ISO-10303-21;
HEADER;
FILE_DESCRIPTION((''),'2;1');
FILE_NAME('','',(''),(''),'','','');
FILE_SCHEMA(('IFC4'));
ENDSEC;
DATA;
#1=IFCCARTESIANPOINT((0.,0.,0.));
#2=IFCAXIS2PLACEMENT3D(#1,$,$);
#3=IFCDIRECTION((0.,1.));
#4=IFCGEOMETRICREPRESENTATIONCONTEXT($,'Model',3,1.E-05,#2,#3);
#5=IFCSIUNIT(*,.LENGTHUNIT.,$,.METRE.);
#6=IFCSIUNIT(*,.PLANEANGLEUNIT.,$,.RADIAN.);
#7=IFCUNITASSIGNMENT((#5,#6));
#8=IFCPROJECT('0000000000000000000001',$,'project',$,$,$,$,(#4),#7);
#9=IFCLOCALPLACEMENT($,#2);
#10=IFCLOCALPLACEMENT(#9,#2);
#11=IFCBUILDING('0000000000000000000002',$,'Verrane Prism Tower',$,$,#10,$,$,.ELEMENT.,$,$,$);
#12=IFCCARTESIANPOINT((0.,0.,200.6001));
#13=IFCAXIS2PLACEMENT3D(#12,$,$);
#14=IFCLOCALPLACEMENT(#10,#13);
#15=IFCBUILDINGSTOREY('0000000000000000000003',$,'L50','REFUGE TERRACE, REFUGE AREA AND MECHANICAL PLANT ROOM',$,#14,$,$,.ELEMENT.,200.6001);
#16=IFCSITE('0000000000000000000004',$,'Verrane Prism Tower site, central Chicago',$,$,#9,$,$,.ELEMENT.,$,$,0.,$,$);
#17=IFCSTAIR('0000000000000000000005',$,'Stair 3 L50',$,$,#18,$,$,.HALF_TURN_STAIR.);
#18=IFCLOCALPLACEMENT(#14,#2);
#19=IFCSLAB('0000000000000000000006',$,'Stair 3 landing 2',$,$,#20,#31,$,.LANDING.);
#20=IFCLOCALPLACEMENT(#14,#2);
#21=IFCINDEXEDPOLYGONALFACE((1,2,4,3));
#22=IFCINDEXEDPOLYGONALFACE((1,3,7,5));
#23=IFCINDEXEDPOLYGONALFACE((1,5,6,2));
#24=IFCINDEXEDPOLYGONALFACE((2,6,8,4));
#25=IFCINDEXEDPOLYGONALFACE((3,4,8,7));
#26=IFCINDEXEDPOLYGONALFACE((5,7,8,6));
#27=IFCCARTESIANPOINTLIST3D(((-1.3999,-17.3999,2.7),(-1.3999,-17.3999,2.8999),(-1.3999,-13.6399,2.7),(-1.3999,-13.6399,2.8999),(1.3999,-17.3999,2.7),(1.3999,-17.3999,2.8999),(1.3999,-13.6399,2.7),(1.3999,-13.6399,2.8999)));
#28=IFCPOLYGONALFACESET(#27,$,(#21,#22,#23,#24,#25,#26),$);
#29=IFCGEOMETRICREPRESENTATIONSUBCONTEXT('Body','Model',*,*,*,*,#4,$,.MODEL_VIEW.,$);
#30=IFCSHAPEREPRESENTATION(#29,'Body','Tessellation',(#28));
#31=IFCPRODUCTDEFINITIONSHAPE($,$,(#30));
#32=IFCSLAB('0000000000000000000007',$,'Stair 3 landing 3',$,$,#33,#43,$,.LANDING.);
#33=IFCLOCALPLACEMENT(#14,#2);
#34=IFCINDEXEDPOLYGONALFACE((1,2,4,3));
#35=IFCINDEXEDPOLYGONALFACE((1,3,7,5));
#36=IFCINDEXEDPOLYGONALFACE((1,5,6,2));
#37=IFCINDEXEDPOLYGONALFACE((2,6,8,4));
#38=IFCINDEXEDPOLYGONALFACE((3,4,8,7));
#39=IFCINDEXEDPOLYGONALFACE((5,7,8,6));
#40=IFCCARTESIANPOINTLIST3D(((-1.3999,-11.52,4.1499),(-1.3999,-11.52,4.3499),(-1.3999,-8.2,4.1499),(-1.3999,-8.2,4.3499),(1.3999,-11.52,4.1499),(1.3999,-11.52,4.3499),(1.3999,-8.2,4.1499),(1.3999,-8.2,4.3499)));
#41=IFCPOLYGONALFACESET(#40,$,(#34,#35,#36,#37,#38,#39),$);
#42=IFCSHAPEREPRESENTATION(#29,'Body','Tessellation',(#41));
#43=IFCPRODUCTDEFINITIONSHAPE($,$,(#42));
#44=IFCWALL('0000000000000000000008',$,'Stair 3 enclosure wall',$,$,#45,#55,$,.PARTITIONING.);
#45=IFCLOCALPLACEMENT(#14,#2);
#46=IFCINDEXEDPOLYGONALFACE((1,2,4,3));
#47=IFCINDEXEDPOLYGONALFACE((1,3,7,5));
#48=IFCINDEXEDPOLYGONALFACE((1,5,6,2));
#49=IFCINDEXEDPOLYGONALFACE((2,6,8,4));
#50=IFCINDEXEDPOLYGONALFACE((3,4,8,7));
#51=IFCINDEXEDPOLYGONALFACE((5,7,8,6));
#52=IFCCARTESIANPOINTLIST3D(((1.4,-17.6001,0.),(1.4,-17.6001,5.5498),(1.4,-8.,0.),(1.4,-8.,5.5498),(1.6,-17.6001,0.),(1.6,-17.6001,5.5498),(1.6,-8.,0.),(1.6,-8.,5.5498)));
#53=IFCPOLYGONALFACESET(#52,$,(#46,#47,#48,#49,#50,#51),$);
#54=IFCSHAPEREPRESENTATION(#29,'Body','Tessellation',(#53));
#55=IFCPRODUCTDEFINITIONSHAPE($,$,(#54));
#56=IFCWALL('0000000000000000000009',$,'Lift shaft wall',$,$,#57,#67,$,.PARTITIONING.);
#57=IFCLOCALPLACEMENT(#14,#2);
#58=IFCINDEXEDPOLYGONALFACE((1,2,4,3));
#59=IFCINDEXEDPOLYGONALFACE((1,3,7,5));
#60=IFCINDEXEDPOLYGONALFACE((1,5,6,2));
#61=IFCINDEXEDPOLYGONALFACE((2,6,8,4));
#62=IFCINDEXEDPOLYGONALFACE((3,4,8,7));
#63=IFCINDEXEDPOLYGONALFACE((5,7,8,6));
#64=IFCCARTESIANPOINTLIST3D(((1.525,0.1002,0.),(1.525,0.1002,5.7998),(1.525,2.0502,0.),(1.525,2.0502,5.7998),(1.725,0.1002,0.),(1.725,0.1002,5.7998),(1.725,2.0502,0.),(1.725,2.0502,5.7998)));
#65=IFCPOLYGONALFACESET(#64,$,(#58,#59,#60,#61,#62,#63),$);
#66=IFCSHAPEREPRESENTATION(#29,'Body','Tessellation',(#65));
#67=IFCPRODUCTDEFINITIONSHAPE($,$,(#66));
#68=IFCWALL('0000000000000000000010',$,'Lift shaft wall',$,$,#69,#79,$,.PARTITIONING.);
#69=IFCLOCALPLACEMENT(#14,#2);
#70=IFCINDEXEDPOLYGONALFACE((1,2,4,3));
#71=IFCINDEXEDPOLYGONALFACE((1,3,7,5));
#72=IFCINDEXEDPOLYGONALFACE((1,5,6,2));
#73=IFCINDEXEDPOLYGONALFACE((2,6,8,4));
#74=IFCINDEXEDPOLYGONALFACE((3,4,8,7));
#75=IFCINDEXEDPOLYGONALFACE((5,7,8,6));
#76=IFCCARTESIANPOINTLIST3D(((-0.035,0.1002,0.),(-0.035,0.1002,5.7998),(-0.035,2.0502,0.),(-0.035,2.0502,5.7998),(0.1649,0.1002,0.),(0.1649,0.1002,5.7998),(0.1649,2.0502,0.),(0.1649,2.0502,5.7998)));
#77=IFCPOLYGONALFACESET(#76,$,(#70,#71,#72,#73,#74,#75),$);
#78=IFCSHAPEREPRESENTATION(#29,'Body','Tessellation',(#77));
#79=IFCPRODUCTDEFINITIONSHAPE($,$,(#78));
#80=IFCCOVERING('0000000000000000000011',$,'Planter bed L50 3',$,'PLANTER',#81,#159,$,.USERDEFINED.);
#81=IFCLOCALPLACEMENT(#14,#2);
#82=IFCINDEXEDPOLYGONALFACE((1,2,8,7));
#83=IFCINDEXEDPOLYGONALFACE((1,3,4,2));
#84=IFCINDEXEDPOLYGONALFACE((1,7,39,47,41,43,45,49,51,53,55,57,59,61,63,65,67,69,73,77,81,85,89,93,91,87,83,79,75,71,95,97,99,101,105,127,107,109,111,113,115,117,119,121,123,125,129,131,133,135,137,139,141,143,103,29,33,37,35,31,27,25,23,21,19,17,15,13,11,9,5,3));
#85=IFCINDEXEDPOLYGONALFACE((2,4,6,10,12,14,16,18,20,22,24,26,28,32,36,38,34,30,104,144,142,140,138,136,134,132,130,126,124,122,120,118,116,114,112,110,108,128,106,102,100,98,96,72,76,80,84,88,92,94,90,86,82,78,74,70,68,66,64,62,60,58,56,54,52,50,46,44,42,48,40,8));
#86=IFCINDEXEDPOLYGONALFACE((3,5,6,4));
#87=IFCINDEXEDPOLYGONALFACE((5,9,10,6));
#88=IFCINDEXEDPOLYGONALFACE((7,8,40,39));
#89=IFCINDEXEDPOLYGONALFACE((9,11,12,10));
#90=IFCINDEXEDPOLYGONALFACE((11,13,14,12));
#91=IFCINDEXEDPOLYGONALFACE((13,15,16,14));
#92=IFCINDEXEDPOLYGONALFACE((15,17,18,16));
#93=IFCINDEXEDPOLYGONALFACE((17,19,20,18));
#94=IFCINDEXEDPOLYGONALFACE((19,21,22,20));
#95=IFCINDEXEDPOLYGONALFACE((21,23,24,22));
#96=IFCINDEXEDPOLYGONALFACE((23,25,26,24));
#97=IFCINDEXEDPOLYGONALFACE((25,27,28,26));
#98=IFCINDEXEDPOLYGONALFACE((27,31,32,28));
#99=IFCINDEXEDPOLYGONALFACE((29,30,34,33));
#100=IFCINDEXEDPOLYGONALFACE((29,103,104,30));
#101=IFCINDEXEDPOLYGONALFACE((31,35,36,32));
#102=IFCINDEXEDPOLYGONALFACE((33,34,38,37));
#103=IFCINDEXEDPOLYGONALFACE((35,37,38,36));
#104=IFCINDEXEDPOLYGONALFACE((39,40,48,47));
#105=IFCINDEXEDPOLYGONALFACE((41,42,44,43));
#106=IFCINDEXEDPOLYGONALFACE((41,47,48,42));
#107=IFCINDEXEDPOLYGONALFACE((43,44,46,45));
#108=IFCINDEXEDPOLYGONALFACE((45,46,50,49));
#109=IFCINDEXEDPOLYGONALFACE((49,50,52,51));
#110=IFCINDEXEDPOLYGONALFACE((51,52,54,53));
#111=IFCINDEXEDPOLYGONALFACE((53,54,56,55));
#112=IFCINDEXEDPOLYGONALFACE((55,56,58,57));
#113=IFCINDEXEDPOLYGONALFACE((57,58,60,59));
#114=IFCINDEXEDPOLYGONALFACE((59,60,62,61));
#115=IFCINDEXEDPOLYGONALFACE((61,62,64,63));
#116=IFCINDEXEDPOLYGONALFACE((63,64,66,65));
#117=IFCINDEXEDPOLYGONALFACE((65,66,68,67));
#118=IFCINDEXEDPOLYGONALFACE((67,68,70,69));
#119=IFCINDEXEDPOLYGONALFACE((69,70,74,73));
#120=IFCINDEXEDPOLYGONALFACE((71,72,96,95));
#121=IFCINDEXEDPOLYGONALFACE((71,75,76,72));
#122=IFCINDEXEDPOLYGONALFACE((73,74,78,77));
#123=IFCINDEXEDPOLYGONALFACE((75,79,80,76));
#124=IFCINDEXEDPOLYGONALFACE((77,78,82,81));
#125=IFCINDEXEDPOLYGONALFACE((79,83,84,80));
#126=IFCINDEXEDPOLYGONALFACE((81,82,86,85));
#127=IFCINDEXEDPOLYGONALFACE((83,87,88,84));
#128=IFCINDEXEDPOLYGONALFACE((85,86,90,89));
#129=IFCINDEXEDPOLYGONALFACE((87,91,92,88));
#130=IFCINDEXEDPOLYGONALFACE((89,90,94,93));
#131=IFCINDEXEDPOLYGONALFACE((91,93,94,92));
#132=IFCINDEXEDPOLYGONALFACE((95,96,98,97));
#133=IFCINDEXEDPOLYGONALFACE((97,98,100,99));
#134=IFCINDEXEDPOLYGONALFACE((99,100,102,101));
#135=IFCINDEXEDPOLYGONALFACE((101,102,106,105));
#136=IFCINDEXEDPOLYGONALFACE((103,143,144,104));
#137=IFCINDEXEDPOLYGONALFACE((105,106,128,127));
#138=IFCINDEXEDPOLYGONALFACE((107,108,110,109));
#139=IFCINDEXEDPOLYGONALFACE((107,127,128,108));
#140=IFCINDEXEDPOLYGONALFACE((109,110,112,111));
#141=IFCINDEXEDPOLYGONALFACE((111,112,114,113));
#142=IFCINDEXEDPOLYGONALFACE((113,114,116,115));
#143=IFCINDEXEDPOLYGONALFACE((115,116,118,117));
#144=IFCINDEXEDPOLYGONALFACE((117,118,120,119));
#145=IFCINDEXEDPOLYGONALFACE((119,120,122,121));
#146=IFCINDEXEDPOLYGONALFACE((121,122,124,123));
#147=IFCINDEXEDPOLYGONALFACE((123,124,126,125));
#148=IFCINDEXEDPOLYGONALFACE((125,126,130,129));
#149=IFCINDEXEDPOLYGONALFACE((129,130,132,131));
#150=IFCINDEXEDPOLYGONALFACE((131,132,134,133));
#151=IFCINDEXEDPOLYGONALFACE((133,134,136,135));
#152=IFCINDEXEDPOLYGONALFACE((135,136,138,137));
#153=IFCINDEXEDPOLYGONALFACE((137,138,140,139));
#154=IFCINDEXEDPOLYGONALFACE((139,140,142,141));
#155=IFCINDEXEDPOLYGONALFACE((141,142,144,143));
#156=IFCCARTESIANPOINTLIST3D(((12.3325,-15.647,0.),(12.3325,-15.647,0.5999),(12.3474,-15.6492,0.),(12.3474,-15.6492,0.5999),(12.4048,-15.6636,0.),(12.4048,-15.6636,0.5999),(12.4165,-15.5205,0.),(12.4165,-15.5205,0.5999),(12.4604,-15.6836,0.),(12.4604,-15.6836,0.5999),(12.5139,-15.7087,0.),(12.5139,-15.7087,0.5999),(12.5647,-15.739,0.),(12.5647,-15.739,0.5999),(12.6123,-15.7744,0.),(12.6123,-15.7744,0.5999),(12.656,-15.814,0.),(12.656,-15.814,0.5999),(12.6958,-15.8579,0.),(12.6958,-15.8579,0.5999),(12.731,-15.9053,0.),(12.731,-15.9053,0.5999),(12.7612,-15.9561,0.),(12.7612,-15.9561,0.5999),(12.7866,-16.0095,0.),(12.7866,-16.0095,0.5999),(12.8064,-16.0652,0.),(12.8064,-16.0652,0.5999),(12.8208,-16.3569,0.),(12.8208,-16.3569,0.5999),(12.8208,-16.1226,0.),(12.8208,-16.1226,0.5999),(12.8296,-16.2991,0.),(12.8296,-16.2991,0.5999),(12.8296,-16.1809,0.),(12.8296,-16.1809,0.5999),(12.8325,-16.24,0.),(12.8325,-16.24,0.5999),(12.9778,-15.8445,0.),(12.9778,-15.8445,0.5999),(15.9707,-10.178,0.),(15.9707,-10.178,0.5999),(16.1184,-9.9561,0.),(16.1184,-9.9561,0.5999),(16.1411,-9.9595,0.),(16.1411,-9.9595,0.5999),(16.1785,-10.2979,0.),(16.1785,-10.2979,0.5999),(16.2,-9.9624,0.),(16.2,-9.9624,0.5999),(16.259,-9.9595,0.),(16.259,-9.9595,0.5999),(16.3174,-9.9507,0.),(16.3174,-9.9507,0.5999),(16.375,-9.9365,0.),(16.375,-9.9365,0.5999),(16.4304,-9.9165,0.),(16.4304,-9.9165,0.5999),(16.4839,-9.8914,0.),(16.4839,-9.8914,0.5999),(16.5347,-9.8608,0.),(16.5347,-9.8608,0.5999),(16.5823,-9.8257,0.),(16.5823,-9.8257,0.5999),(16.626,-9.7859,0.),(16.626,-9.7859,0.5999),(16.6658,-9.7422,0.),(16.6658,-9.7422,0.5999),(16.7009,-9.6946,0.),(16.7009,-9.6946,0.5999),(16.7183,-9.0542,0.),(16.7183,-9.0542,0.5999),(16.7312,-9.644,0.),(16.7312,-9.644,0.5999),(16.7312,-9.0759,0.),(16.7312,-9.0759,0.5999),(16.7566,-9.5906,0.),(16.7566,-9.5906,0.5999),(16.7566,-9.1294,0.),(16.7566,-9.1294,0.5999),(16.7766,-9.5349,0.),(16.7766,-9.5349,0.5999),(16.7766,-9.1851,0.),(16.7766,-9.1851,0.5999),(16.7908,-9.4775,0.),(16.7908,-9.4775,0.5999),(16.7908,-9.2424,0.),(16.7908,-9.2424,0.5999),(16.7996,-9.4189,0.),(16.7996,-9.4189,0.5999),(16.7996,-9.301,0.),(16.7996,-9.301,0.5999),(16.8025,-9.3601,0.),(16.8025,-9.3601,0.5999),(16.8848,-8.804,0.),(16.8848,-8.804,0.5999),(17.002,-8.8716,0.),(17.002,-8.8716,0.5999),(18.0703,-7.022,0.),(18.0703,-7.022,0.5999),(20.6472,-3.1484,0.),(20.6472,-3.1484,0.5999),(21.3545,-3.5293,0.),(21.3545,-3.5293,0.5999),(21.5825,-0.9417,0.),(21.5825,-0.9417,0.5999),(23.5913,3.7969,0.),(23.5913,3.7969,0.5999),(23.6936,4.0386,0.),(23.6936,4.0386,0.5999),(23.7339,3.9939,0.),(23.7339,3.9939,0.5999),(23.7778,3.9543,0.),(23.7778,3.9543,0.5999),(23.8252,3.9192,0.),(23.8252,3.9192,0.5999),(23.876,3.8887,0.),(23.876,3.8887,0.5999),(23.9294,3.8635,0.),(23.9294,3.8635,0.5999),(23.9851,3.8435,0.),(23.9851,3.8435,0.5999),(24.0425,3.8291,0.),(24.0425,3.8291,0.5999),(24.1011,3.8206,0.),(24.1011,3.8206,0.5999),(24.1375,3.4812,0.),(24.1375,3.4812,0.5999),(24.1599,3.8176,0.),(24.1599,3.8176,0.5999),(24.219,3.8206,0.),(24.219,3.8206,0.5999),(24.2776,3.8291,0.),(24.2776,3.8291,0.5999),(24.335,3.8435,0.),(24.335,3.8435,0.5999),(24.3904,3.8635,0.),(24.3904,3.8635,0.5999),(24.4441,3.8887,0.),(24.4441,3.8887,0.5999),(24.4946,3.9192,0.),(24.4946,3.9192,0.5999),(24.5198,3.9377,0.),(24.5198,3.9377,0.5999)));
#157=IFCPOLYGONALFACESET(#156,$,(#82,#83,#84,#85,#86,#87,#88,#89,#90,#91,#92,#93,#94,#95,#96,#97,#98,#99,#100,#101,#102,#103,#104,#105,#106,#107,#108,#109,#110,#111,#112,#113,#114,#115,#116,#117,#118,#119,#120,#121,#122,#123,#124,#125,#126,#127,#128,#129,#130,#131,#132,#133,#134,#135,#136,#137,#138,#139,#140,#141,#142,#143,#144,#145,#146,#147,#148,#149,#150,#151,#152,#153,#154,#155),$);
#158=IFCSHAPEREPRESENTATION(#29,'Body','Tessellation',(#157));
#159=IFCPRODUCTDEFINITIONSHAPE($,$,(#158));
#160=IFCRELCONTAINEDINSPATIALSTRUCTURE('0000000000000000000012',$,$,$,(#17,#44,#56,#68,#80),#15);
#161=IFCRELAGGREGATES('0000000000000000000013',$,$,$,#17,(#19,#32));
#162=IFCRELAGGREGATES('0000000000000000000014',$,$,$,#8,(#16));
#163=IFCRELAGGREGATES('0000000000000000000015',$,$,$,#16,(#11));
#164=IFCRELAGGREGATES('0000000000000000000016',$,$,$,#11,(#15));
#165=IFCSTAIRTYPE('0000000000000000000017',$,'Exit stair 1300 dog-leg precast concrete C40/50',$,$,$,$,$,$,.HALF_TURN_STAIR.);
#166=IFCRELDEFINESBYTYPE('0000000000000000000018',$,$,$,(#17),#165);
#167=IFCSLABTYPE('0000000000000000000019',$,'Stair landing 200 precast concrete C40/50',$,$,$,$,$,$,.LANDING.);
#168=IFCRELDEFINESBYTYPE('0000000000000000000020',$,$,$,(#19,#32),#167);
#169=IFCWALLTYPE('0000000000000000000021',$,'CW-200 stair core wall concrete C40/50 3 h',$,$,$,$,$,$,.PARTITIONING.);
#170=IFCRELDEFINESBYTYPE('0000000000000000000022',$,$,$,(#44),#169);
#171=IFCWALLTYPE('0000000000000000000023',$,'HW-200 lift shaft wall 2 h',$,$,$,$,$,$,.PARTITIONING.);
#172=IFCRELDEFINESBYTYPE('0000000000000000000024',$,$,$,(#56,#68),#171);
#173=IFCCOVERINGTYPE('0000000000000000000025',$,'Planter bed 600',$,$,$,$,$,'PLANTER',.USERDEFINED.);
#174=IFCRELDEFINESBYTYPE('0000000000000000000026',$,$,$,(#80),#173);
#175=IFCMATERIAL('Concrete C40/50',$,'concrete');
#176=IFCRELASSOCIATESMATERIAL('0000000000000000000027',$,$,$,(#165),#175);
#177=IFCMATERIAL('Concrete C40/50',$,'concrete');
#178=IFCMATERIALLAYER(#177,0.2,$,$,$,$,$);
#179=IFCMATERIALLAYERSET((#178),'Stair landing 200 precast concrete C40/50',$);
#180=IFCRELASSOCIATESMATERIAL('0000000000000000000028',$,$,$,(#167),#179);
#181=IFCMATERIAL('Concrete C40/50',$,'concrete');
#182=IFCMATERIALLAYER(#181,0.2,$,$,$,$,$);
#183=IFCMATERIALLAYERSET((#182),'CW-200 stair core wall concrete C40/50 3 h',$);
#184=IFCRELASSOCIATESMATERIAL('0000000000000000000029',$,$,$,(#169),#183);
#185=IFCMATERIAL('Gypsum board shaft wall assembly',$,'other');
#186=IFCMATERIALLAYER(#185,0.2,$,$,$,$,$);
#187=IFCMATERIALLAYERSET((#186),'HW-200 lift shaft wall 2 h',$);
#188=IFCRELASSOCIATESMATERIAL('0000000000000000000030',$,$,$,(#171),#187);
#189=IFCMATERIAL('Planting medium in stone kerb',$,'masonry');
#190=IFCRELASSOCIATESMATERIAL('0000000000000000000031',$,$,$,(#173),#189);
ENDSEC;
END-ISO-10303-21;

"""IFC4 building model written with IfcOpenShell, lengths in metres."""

from ifc_helpers import new_model, si_unit, direction, frame, frame_2d, origin, place, context, subcontext, project, spatial, polyline, rectangle, outline, extrude, material, layer, layer_set, type_object, element, aggregate, save


model = new_model("IFC4")

# Units and contexts
model_context = context("Model", 3, precision=1e-05, world=origin(), true_north=direction((0.0, 1.0)))
body_context = subcontext(model_context, "Body", "Model", "MODEL_VIEW")
ifc_project = project(units=[si_unit("LENGTHUNIT", "METRE"), si_unit("PLANEANGLEUNIT", "RADIAN")], contexts=[model_context])

# Site, building, storey
site_placement = place(None, origin())
site = spatial("IfcSite", under=ifc_project, at=site_placement, Name="Verrane Prism Tower site, central Chicago", CompositionType="ELEMENT", RefElevation=0.0)
building_placement = place(site_placement, origin())
building = spatial("IfcBuilding", under=site, at=building_placement, Name="Verrane Prism Tower", CompositionType="ELEMENT")
storey_placement = place(building_placement, frame((0.0, 0.0, 200.6001)))
storey = spatial("IfcBuildingStorey", under=building, at=storey_placement, Name="L50", Description="REFUGE TERRACE, REFUGE AREA AND MECHANICAL PLANT ROOM", CompositionType="ELEMENT", Elevation=200.6001)

# Stair, slabs
ifc_material_1 = material(Name="Concrete C40/50", Category="concrete")
stair_type = type_object("IfcStairType", Name="Exit stair 1300 dog-leg precast concrete C40/50", PredefinedType="HALF_TURN_STAIR", material=ifc_material_1)
ifc_material_2 = material(Name="Concrete C40/50", Category="concrete")
ifc_layer_1 = layer(ifc_material_2, 0.2)
ifc_layer_set_1 = layer_set([ifc_layer_1], Name="Stair landing 200 precast concrete C40/50")
slab_type_1 = type_object("IfcSlabType", Name="Stair landing 200 precast concrete C40/50", PredefinedType="LANDING", material=ifc_layer_set_1)
stair_1_placement = place(storey_placement, origin())
stair_1 = element("IfcStair", 1, at=stair_1_placement, inside=storey, type_object=stair_type, Name="Stair 3 L50", PredefinedType="HALF_TURN_STAIR")
slab_1_placement = place(storey_placement, frame((0.0, 0.0, 2.7)))
slab_1 = element("IfcSlab", 2, at=slab_1_placement, type_object=slab_type_1, Name="Stair 3 landing 2", PredefinedType="LANDING", context=body_context, shape_type="SweptSolid", body=[
    extrude(outline(polyline([(1.3999, -17.3999), (1.3999, -13.6399), (-1.3999, -13.6399), (-1.3999, -17.3999), (1.3999, -17.3999)])), origin(), (0.0, 0.0, 1.0), 0.2),
])
slab_2_placement = place(storey_placement, frame((0.0, 0.0, 4.1499)))
slab_2 = element("IfcSlab", 3, at=slab_2_placement, type_object=slab_type_1, Name="Stair 3 landing 3", PredefinedType="LANDING", context=body_context, shape_type="SweptSolid", body=[
    extrude(outline(polyline([(1.3999, -11.52), (1.3999, -8.2), (-1.3999, -8.2), (-1.3999, -11.52), (1.3999, -11.52)])), origin(), (0.0, 0.0, 1.0), 0.2),
])
aggregate(stair_1, [slab_1, slab_2])

# Walls
ifc_material_3 = material(Name="Concrete C40/50", Category="concrete")
ifc_layer_2 = layer(ifc_material_3, 0.2)
ifc_layer_set_2 = layer_set([ifc_layer_2], Name="CW-200 stair core wall concrete C40/50 3 h")
wall_type_1 = type_object("IfcWallType", Name="CW-200 stair core wall concrete C40/50 3 h", PredefinedType="PARTITIONING", material=ifc_layer_set_2)
wall_placement = place(storey_placement, frame((1.5, -8.0, 0.0), z_axis=(0.0, 0.0, 1.0), x_axis=(0.0, -1.0, 0.0)))
element("IfcWall", 4, at=wall_placement, inside=storey, type_object=wall_type_1, Name="Stair 3 enclosure wall", PredefinedType="PARTITIONING", context=body_context, shape_type="SweptSolid", body=[
    extrude(rectangle(XDim=9.6001, YDim=0.2, at=frame_2d((4.8, 0.0))), origin(), (0.0, 0.0, 1.0), 5.5498),
])
ifc_material_4 = material(Name="Gypsum board shaft wall assembly", Category="other")
ifc_layer_3 = layer(ifc_material_4, 0.2)
ifc_layer_set_3 = layer_set([ifc_layer_3], Name="HW-200 lift shaft wall 2 h")
wall_type_2 = type_object("IfcWallType", Name="HW-200 lift shaft wall 2 h", PredefinedType="PARTITIONING", material=ifc_layer_set_3)
for number, where, z_axis, x_axis, name in (
    (5, (1.625, 0.1001, 0.0), (0.0, 0.0, 1.0), (0.0, 1.0, 0.0), "Lift shaft wall"),
    (6, (0.0649, 0.1001, 0.0), (0.0, 0.0, 1.0), (0.0, 1.0, 0.0), "Lift shaft wall"),
):
    element("IfcWall", number, at=place(storey_placement, frame(where, z_axis=z_axis, x_axis=x_axis)), inside=storey, type_object=wall_type_2, Name=name, PredefinedType="PARTITIONING", context=body_context, shape_type="SweptSolid", body=[
        extrude(rectangle(XDim=1.95, YDim=0.2, at=frame_2d((0.9751, 0.0))), origin(), (0.0, 0.0, 1.0), 5.7998),
    ])

# Covering
ifc_material_5 = material(Name="Planting medium in stone kerb", Category="masonry")
covering_type_1 = type_object("IfcCoveringType", Name="Planter bed 600", ElementType="PLANTER", PredefinedType="USERDEFINED", material=ifc_material_5)
covering_1_placement = place(storey_placement, origin())
element("IfcCovering", 7, at=covering_1_placement, inside=storey, type_object=covering_type_1, Name="Planter bed L50 3", ObjectType="PLANTER", PredefinedType="USERDEFINED", context=body_context, shape_type="SweptSolid", body=[
    extrude(outline(polyline([(24.5198, 3.9377), (24.4946, 3.9192), (24.4441, 3.8887), (24.3904, 3.8635), (24.335, 3.8435), (24.2776, 3.8291), (24.219, 3.8206), (24.1599, 3.8176), (24.1011, 3.8206), (24.0425, 3.8291), (23.9851, 3.8435), (23.9294, 3.8635), (23.876, 3.8887), (23.8252, 3.9192), (23.7778, 3.9543), (23.7339, 3.9939), (23.6936, 4.0386), (23.5913, 3.7969), (24.1375, 3.4812), (21.5825, -0.9417), (20.6472, -3.1484), (18.0703, -7.022), (17.002, -8.8716), (16.8848, -8.804), (16.7183, -9.0542), (16.7312, -9.0759), (16.7566, -9.1294), (16.7766, -9.1851), (16.7908, -9.2424), (16.7996, -9.301), (16.8025, -9.3601), (16.7996, -9.4189), (16.7908, -9.4775), (16.7766, -9.5349), (16.7566, -9.5906), (16.7312, -9.644), (16.7009, -9.6946), (16.6658, -9.7422), (16.626, -9.7859), (16.5823, -9.8257), (16.5347, -9.8608), (16.4839, -9.8914), (16.4304, -9.9165), (16.375, -9.9365), (16.3174, -9.9507), (16.259, -9.9595), (16.2, -9.9624), (16.1411, -9.9595), (16.1184, -9.9561), (15.9707, -10.178), (16.1785, -10.2979), (12.9778, -15.8445), (12.4165, -15.5205), (12.3325, -15.647), (12.3474, -15.6492), (12.4048, -15.6636), (12.4604, -15.6836), (12.5139, -15.7087), (12.5647, -15.739), (12.6123, -15.7744), (12.656, -15.814), (12.6958, -15.8579), (12.731, -15.9053), (12.7612, -15.9561), (12.7866, -16.0095), (12.8064, -16.0652), (12.8208, -16.1226), (12.8296, -16.1809), (12.8325, -16.24), (12.8296, -16.2991), (12.8208, -16.3569), (21.3545, -3.5293), (24.5198, 3.9377)])), origin(), (0.0, 0.0, 1.0), 0.5999),
])

save(model, "model.ifc")
